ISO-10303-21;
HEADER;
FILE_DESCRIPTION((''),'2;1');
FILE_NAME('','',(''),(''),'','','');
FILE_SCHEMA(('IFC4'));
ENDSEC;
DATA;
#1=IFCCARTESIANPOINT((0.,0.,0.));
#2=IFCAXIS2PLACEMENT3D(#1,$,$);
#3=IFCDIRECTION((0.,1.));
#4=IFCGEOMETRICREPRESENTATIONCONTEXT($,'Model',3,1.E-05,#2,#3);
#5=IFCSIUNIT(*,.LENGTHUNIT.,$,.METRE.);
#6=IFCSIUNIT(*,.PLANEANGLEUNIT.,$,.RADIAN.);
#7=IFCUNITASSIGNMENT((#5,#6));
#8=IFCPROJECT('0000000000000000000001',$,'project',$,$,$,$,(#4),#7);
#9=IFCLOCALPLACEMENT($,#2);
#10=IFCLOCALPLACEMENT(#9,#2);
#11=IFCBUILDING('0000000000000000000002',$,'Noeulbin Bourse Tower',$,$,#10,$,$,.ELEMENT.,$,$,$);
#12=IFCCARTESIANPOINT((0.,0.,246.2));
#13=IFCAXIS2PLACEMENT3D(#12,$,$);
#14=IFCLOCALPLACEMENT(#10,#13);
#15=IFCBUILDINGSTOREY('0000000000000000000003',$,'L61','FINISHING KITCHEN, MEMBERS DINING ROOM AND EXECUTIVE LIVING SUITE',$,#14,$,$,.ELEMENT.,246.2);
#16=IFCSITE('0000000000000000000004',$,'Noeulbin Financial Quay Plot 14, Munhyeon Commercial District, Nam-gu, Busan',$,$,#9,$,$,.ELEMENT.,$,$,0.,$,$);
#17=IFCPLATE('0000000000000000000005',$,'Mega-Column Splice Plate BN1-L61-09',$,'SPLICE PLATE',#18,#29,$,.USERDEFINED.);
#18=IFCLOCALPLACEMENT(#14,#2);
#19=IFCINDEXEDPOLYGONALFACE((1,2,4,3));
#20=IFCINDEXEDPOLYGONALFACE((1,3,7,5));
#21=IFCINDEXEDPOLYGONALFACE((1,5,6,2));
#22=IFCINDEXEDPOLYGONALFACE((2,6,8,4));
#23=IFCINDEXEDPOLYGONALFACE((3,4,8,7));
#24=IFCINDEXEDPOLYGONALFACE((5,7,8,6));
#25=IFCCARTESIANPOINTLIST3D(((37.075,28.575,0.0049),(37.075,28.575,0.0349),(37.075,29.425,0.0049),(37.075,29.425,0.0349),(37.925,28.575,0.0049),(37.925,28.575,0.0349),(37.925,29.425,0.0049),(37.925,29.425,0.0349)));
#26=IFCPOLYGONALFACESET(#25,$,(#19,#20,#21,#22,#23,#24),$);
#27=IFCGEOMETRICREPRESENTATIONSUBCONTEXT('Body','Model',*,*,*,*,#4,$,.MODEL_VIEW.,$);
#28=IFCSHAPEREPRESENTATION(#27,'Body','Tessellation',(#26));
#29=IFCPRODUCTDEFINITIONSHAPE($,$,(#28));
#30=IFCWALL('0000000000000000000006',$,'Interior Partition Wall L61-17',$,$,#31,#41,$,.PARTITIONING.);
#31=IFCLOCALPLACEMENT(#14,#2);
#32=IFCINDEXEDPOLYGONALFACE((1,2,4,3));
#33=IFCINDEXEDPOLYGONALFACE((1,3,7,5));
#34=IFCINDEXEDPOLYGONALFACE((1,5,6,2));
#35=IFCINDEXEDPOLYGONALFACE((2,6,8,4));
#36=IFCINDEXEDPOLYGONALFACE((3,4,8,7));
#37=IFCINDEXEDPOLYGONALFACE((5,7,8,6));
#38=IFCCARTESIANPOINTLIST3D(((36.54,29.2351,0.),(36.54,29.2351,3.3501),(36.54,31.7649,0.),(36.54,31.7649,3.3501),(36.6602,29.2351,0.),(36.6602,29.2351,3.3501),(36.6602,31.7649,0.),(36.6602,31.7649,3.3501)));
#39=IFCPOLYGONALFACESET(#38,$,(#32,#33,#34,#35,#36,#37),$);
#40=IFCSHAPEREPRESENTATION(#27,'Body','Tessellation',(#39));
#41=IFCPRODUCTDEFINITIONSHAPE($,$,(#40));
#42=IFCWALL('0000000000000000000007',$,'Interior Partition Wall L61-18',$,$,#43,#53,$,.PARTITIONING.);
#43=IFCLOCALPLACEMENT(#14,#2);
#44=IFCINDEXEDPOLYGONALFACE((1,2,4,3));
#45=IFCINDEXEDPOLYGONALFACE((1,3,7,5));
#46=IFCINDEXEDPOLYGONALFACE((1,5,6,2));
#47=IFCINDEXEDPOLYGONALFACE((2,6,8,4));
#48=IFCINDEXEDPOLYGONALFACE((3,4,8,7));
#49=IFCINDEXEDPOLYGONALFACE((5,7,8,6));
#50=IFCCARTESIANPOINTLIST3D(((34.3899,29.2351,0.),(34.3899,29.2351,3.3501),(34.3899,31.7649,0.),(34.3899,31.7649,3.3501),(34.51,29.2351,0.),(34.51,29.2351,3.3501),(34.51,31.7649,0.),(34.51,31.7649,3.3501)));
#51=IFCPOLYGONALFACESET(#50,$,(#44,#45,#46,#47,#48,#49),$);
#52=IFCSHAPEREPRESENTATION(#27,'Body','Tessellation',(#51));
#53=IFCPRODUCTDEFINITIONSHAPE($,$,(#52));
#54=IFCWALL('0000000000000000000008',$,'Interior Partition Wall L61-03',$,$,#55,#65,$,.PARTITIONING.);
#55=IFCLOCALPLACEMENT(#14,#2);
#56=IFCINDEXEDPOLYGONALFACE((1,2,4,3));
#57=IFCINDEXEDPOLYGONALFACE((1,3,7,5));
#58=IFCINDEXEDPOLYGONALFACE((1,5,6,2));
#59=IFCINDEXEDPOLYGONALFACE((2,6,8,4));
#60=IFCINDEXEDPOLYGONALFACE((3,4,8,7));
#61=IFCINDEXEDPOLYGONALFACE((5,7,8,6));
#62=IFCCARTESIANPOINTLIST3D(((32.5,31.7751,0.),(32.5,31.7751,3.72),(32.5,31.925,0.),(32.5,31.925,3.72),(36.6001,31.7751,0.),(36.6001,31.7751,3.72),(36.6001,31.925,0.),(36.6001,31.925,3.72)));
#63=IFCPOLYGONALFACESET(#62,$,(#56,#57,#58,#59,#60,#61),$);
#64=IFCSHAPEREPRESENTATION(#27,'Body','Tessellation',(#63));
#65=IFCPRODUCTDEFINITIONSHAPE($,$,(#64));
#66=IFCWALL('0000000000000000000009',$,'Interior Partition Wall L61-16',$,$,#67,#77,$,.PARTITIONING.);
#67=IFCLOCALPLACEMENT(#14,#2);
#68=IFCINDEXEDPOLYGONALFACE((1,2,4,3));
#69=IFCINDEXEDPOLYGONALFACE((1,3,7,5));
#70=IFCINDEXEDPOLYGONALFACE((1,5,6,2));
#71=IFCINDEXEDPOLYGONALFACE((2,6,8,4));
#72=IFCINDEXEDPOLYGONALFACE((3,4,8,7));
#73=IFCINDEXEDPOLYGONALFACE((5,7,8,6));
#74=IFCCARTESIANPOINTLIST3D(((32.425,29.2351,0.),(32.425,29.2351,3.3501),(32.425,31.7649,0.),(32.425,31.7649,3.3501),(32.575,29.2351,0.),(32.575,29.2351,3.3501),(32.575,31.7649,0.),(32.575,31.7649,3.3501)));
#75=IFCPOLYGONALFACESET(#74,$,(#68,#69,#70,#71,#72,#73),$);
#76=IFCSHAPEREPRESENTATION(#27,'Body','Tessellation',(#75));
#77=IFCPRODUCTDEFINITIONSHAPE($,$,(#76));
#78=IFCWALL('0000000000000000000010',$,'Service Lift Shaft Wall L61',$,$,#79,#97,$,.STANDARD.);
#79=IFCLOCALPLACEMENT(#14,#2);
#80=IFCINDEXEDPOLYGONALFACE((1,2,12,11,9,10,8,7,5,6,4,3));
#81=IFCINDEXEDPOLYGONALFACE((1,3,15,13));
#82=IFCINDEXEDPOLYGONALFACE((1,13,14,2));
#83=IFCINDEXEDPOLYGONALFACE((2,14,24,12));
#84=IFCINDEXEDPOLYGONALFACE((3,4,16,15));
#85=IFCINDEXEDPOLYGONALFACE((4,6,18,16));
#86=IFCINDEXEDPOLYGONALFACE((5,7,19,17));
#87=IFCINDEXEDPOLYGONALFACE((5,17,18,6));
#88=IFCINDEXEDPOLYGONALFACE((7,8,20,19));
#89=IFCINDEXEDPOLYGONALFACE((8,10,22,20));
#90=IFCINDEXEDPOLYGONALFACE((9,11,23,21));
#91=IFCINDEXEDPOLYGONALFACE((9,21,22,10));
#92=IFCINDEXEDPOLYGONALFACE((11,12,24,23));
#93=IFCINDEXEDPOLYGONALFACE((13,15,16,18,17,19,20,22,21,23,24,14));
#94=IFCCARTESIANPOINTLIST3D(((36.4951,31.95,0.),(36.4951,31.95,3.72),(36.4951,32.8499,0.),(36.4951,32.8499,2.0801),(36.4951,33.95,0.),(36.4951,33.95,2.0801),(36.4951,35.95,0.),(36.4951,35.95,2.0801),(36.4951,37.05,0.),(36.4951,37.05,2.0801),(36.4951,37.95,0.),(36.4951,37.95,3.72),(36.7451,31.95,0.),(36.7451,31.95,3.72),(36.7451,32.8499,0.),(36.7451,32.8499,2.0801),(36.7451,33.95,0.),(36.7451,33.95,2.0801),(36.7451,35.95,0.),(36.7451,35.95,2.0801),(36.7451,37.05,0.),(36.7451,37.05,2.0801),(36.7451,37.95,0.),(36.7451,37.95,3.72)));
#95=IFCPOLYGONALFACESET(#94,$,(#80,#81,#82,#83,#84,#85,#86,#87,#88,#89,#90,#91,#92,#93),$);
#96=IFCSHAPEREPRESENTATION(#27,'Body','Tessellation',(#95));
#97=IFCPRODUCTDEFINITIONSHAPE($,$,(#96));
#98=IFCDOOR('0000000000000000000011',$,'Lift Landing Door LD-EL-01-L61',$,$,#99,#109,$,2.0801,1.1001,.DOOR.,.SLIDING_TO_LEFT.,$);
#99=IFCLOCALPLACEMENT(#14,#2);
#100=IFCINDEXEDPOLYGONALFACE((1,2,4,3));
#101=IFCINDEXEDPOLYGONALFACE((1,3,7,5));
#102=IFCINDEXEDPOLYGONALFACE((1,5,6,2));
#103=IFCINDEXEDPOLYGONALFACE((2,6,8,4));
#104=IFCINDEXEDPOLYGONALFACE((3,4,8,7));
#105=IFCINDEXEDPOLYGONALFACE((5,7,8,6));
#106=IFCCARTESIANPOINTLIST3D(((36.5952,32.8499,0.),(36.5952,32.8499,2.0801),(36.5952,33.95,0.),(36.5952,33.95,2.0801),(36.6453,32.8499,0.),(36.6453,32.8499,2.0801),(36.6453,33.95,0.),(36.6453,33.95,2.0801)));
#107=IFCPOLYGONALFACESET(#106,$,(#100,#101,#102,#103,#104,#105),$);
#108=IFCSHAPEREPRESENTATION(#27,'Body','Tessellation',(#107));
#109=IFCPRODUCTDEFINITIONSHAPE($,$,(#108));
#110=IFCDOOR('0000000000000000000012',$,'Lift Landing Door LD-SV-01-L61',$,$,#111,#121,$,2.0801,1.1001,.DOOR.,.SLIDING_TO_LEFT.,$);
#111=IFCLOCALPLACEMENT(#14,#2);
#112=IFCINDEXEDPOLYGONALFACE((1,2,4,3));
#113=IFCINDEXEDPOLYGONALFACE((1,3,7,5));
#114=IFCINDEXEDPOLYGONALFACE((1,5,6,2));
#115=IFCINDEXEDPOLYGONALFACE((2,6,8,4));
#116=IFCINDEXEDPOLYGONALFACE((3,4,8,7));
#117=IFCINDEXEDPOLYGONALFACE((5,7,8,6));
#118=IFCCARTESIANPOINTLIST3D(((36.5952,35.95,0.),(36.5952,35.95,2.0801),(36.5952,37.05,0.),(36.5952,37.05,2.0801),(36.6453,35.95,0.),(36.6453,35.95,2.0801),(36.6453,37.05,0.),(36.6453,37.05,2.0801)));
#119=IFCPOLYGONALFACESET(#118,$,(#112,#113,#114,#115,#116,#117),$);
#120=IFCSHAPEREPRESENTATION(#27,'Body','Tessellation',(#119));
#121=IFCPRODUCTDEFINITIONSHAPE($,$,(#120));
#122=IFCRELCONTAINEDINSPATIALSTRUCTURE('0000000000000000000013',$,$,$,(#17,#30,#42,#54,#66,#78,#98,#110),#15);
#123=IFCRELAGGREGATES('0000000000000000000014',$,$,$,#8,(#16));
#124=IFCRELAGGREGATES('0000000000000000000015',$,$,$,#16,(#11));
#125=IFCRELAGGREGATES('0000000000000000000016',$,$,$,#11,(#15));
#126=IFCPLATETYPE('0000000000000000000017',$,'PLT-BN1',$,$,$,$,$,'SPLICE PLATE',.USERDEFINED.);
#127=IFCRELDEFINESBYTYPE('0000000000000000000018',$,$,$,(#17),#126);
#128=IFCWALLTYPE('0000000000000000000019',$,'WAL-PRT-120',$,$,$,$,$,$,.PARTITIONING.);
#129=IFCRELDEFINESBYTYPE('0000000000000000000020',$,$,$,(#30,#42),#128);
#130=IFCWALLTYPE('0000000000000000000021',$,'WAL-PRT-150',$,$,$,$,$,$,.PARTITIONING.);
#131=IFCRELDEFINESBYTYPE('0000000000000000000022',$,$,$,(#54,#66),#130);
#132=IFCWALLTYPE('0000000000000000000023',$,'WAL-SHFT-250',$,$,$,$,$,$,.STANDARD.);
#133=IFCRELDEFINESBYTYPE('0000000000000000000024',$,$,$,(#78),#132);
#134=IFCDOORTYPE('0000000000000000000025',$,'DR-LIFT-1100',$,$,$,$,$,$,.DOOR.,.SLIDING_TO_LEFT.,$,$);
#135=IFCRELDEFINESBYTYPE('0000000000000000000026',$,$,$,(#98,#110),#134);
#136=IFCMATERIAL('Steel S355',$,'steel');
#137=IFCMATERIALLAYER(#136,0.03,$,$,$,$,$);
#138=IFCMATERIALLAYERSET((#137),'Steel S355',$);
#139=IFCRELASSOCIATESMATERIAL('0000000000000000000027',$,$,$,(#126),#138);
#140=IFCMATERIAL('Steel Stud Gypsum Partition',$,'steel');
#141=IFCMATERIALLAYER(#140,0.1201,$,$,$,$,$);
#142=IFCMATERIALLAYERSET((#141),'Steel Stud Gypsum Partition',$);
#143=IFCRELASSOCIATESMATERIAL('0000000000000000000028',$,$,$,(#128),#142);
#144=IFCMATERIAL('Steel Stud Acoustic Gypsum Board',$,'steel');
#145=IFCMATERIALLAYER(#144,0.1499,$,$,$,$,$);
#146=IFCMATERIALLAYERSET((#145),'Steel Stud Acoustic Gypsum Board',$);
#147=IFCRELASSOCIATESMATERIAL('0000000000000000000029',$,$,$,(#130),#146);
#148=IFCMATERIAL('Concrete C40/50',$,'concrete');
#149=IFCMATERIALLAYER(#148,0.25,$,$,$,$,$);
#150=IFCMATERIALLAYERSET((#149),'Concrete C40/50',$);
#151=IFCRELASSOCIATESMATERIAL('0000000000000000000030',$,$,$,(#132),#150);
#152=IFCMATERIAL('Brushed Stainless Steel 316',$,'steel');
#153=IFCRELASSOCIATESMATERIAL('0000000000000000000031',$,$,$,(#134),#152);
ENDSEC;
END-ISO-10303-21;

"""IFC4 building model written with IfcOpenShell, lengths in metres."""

from ifc_helpers import new_model, si_unit, direction, frame, frame_2d, origin, origin_2d, place, context, subcontext, project, spatial, rectangle, extrude, material, layer, layer_set, type_object, element, fill, save


model = new_model("IFC4")

# Units and contexts
model_context = context("Model", 3, precision=1e-05, world=origin(), true_north=direction((0.0, 1.0)))
body_context = subcontext(model_context, "Body", "Model", "MODEL_VIEW")
ifc_project = project(units=[si_unit("LENGTHUNIT", "METRE"), si_unit("PLANEANGLEUNIT", "RADIAN")], contexts=[model_context])

# Site, building, storey
site_placement = place(None, origin())
site = spatial("IfcSite", under=ifc_project, at=site_placement, Name="Noeulbin Financial Quay Plot 14, Munhyeon Commercial District, Nam-gu, Busan", CompositionType="ELEMENT", RefElevation=0.0)
building_placement = place(site_placement, origin())
building = spatial("IfcBuilding", under=site, at=building_placement, Name="Noeulbin Bourse Tower", CompositionType="ELEMENT")
storey_placement = place(building_placement, frame((0.0, 0.0, 246.2)))
storey = spatial("IfcBuildingStorey", under=building, at=storey_placement, Name="L61", Description="FINISHING KITCHEN, MEMBERS DINING ROOM AND EXECUTIVE LIVING SUITE", CompositionType="ELEMENT", Elevation=246.2)

# Shared definitions
ifc_material_1 = material(Name="Steel S355", Category="steel")

# Plate
ifc_layer_1 = layer(ifc_material_1, 0.03)
ifc_layer_set_1 = layer_set([ifc_layer_1], Name="Steel S355")
plate_type = type_object("IfcPlateType", Name="PLT-BN1", ElementType="SPLICE PLATE", PredefinedType="USERDEFINED", material=ifc_layer_set_1)
for number, where, z_axis, x_axis, name in (
    (1, (37.5, 29.0, 0.0049), (0.0, 0.0, 1.0), (1.0, 0.0, 0.0), "Mega-Column Splice Plate BN1-L61-09"),
):
    element("IfcPlate", number, at=place(storey_placement, frame(where, z_axis=z_axis, x_axis=x_axis)), inside=storey, type_object=plate_type, Name=name, ObjectType="SPLICE PLATE", PredefinedType="USERDEFINED", context=body_context, shape_type="SweptSolid", body=[
        extrude(rectangle(XDim=0.8501, YDim=0.8501, at=origin_2d()), origin(), (0.0, 0.0, 1.0), 0.03),
    ])

# Walls
ifc_material_2 = material(Name="Steel Stud Gypsum Partition", Category="steel")
ifc_layer_2 = layer(ifc_material_2, 0.1201)
ifc_layer_set_2 = layer_set([ifc_layer_2], Name="Steel Stud Gypsum Partition")
wall_type_1 = type_object("IfcWallType", Name="WAL-PRT-120", PredefinedType="PARTITIONING", material=ifc_layer_set_2)
for number, where, z_axis, x_axis, name in (
    (2, (36.6001, 29.2351, 0.0), (0.0, 0.0, 1.0), (0.0, 1.0, 0.0), "Interior Partition Wall L61-17"),
    (3, (34.45, 29.2351, 0.0), (0.0, 0.0, 1.0), (0.0, 1.0, 0.0), "Interior Partition Wall L61-18"),
):
    element("IfcWall", number, at=place(storey_placement, frame(where, z_axis=z_axis, x_axis=x_axis)), inside=storey, type_object=wall_type_1, Name=name, PredefinedType="PARTITIONING", context=body_context, shape_type="SweptSolid", body=[
        extrude(rectangle(XDim=2.5298, YDim=0.1201, at=frame_2d((1.2649, 0.0))), origin(), (0.0, 0.0, 1.0), 3.3501),
    ])
ifc_material_3 = material(Name="Steel Stud Acoustic Gypsum Board", Category="steel")
ifc_layer_3 = layer(ifc_material_3, 0.1499)
ifc_layer_set_3 = layer_set([ifc_layer_3], Name="Steel Stud Acoustic Gypsum Board")
wall_type_2 = type_object("IfcWallType", Name="WAL-PRT-150", PredefinedType="PARTITIONING", material=ifc_layer_set_3)
wall_1_placement = place(storey_placement, frame((32.5, 31.8501, 0.0), z_axis=(0.0, 0.0, 1.0), x_axis=(1.0, 0.0, 0.0)))
element("IfcWall", 4, at=wall_1_placement, inside=storey, type_object=wall_type_2, Name="Interior Partition Wall L61-03", PredefinedType="PARTITIONING", context=body_context, shape_type="SweptSolid", body=[
    extrude(rectangle(XDim=4.1001, YDim=0.1499, at=frame_2d((2.05, 0.0))), origin(), (0.0, 0.0, 1.0), 3.72),
])
wall_2_placement = place(storey_placement, frame((32.5, 29.2351, 0.0), z_axis=(0.0, 0.0, 1.0), x_axis=(0.0, 1.0, 0.0)))
element("IfcWall", 5, at=wall_2_placement, inside=storey, type_object=wall_type_2, Name="Interior Partition Wall L61-16", PredefinedType="PARTITIONING", context=body_context, shape_type="SweptSolid", body=[
    extrude(rectangle(XDim=2.5298, YDim=0.1499, at=frame_2d((1.2649, 0.0))), origin(), (0.0, 0.0, 1.0), 3.3501),
])

# Wall, openings, doors
ifc_material_4 = material(Name="Concrete C40/50", Category="concrete")
ifc_layer_4 = layer(ifc_material_4, 0.25)
ifc_layer_set_4 = layer_set([ifc_layer_4], Name="Concrete C40/50")
wall_type_3 = type_object("IfcWallType", Name="WAL-SHFT-250", PredefinedType="STANDARD", material=ifc_layer_set_4)
wall_3_placement = place(storey_placement, frame((36.6201, 31.95, 0.0), z_axis=(0.0, 0.0, 1.0), x_axis=(0.0, 1.0, 0.0)))
wall_3 = element("IfcWall", 6, at=wall_3_placement, inside=storey, type_object=wall_type_3, Name="Service Lift Shaft Wall L61", PredefinedType="STANDARD", context=body_context, shape_type="SweptSolid", body=[
    extrude(rectangle(XDim=6.0, YDim=0.25, at=frame_2d((3.0, 0.0))), origin(), (0.0, 0.0, 1.0), 3.72),
])
opening_1_placement = place(wall_3_placement, frame((0.8999, 0.0, 0.0)))
opening_1 = element("IfcOpeningElement", 7, at=opening_1_placement, cuts=wall_3, PredefinedType="OPENING", context=body_context, shape_type="SweptSolid", body=[
    extrude(rectangle(XDim=1.1001, YDim=2.0801, at=frame_2d((0.55, 1.04))), frame((0.0, 0.135, 0.0), z_axis=(0.0, -1.0, 0.0), x_axis=(1.0, 0.0, 0.0)), (0.0, 0.0, 1.0), 0.27),
])
opening_2_placement = place(wall_3_placement, frame((4.0, 0.0, 0.0)))
opening_2 = element("IfcOpeningElement", 8, at=opening_2_placement, cuts=wall_3, PredefinedType="OPENING", context=body_context, shape_type="SweptSolid", body=[
    extrude(rectangle(XDim=1.1001, YDim=2.0801, at=frame_2d((0.55, 1.04))), frame((0.0, 0.135, 0.0), z_axis=(0.0, -1.0, 0.0), x_axis=(1.0, 0.0, 0.0)), (0.0, 0.0, 1.0), 0.27),
])
ifc_material_5 = material(Name="Brushed Stainless Steel 316", Category="steel")
door_type = type_object("IfcDoorType", Name="DR-LIFT-1100", OperationType="SLIDING_TO_LEFT", PredefinedType="DOOR", material=ifc_material_5)
door_1_placement = place(opening_1_placement, origin())
door_1 = element("IfcDoor", 9, at=door_1_placement, inside=storey, type_object=door_type, Name="Lift Landing Door LD-EL-01-L61", OperationType="SLIDING_TO_LEFT", OverallHeight=2.0801, OverallWidth=1.1001, PredefinedType="DOOR", context=body_context, shape_type="SweptSolid", body=[
    extrude(rectangle(XDim=1.1001, YDim=2.0801, at=frame_2d((0.55, 1.04))), frame((0.0, 0.0249, 0.0), z_axis=(0.0, -1.0, 0.0), x_axis=(1.0, 0.0, 0.0)), (0.0, 0.0, 1.0), 0.05),
])
fill(opening_1, door_1)
door_2_placement = place(opening_2_placement, origin())
door_2 = element("IfcDoor", 10, at=door_2_placement, inside=storey, type_object=door_type, Name="Lift Landing Door LD-SV-01-L61", OperationType="SLIDING_TO_LEFT", OverallHeight=2.0801, OverallWidth=1.1001, PredefinedType="DOOR", context=body_context, shape_type="SweptSolid", body=[
    extrude(rectangle(XDim=1.1001, YDim=2.0801, at=frame_2d((0.55, 1.04))), frame((0.0, 0.0249, 0.0), z_axis=(0.0, -1.0, 0.0), x_axis=(1.0, 0.0, 0.0)), (0.0, 0.0, 1.0), 0.05),
])
fill(opening_2, door_2)

save(model, "model.ifc")
